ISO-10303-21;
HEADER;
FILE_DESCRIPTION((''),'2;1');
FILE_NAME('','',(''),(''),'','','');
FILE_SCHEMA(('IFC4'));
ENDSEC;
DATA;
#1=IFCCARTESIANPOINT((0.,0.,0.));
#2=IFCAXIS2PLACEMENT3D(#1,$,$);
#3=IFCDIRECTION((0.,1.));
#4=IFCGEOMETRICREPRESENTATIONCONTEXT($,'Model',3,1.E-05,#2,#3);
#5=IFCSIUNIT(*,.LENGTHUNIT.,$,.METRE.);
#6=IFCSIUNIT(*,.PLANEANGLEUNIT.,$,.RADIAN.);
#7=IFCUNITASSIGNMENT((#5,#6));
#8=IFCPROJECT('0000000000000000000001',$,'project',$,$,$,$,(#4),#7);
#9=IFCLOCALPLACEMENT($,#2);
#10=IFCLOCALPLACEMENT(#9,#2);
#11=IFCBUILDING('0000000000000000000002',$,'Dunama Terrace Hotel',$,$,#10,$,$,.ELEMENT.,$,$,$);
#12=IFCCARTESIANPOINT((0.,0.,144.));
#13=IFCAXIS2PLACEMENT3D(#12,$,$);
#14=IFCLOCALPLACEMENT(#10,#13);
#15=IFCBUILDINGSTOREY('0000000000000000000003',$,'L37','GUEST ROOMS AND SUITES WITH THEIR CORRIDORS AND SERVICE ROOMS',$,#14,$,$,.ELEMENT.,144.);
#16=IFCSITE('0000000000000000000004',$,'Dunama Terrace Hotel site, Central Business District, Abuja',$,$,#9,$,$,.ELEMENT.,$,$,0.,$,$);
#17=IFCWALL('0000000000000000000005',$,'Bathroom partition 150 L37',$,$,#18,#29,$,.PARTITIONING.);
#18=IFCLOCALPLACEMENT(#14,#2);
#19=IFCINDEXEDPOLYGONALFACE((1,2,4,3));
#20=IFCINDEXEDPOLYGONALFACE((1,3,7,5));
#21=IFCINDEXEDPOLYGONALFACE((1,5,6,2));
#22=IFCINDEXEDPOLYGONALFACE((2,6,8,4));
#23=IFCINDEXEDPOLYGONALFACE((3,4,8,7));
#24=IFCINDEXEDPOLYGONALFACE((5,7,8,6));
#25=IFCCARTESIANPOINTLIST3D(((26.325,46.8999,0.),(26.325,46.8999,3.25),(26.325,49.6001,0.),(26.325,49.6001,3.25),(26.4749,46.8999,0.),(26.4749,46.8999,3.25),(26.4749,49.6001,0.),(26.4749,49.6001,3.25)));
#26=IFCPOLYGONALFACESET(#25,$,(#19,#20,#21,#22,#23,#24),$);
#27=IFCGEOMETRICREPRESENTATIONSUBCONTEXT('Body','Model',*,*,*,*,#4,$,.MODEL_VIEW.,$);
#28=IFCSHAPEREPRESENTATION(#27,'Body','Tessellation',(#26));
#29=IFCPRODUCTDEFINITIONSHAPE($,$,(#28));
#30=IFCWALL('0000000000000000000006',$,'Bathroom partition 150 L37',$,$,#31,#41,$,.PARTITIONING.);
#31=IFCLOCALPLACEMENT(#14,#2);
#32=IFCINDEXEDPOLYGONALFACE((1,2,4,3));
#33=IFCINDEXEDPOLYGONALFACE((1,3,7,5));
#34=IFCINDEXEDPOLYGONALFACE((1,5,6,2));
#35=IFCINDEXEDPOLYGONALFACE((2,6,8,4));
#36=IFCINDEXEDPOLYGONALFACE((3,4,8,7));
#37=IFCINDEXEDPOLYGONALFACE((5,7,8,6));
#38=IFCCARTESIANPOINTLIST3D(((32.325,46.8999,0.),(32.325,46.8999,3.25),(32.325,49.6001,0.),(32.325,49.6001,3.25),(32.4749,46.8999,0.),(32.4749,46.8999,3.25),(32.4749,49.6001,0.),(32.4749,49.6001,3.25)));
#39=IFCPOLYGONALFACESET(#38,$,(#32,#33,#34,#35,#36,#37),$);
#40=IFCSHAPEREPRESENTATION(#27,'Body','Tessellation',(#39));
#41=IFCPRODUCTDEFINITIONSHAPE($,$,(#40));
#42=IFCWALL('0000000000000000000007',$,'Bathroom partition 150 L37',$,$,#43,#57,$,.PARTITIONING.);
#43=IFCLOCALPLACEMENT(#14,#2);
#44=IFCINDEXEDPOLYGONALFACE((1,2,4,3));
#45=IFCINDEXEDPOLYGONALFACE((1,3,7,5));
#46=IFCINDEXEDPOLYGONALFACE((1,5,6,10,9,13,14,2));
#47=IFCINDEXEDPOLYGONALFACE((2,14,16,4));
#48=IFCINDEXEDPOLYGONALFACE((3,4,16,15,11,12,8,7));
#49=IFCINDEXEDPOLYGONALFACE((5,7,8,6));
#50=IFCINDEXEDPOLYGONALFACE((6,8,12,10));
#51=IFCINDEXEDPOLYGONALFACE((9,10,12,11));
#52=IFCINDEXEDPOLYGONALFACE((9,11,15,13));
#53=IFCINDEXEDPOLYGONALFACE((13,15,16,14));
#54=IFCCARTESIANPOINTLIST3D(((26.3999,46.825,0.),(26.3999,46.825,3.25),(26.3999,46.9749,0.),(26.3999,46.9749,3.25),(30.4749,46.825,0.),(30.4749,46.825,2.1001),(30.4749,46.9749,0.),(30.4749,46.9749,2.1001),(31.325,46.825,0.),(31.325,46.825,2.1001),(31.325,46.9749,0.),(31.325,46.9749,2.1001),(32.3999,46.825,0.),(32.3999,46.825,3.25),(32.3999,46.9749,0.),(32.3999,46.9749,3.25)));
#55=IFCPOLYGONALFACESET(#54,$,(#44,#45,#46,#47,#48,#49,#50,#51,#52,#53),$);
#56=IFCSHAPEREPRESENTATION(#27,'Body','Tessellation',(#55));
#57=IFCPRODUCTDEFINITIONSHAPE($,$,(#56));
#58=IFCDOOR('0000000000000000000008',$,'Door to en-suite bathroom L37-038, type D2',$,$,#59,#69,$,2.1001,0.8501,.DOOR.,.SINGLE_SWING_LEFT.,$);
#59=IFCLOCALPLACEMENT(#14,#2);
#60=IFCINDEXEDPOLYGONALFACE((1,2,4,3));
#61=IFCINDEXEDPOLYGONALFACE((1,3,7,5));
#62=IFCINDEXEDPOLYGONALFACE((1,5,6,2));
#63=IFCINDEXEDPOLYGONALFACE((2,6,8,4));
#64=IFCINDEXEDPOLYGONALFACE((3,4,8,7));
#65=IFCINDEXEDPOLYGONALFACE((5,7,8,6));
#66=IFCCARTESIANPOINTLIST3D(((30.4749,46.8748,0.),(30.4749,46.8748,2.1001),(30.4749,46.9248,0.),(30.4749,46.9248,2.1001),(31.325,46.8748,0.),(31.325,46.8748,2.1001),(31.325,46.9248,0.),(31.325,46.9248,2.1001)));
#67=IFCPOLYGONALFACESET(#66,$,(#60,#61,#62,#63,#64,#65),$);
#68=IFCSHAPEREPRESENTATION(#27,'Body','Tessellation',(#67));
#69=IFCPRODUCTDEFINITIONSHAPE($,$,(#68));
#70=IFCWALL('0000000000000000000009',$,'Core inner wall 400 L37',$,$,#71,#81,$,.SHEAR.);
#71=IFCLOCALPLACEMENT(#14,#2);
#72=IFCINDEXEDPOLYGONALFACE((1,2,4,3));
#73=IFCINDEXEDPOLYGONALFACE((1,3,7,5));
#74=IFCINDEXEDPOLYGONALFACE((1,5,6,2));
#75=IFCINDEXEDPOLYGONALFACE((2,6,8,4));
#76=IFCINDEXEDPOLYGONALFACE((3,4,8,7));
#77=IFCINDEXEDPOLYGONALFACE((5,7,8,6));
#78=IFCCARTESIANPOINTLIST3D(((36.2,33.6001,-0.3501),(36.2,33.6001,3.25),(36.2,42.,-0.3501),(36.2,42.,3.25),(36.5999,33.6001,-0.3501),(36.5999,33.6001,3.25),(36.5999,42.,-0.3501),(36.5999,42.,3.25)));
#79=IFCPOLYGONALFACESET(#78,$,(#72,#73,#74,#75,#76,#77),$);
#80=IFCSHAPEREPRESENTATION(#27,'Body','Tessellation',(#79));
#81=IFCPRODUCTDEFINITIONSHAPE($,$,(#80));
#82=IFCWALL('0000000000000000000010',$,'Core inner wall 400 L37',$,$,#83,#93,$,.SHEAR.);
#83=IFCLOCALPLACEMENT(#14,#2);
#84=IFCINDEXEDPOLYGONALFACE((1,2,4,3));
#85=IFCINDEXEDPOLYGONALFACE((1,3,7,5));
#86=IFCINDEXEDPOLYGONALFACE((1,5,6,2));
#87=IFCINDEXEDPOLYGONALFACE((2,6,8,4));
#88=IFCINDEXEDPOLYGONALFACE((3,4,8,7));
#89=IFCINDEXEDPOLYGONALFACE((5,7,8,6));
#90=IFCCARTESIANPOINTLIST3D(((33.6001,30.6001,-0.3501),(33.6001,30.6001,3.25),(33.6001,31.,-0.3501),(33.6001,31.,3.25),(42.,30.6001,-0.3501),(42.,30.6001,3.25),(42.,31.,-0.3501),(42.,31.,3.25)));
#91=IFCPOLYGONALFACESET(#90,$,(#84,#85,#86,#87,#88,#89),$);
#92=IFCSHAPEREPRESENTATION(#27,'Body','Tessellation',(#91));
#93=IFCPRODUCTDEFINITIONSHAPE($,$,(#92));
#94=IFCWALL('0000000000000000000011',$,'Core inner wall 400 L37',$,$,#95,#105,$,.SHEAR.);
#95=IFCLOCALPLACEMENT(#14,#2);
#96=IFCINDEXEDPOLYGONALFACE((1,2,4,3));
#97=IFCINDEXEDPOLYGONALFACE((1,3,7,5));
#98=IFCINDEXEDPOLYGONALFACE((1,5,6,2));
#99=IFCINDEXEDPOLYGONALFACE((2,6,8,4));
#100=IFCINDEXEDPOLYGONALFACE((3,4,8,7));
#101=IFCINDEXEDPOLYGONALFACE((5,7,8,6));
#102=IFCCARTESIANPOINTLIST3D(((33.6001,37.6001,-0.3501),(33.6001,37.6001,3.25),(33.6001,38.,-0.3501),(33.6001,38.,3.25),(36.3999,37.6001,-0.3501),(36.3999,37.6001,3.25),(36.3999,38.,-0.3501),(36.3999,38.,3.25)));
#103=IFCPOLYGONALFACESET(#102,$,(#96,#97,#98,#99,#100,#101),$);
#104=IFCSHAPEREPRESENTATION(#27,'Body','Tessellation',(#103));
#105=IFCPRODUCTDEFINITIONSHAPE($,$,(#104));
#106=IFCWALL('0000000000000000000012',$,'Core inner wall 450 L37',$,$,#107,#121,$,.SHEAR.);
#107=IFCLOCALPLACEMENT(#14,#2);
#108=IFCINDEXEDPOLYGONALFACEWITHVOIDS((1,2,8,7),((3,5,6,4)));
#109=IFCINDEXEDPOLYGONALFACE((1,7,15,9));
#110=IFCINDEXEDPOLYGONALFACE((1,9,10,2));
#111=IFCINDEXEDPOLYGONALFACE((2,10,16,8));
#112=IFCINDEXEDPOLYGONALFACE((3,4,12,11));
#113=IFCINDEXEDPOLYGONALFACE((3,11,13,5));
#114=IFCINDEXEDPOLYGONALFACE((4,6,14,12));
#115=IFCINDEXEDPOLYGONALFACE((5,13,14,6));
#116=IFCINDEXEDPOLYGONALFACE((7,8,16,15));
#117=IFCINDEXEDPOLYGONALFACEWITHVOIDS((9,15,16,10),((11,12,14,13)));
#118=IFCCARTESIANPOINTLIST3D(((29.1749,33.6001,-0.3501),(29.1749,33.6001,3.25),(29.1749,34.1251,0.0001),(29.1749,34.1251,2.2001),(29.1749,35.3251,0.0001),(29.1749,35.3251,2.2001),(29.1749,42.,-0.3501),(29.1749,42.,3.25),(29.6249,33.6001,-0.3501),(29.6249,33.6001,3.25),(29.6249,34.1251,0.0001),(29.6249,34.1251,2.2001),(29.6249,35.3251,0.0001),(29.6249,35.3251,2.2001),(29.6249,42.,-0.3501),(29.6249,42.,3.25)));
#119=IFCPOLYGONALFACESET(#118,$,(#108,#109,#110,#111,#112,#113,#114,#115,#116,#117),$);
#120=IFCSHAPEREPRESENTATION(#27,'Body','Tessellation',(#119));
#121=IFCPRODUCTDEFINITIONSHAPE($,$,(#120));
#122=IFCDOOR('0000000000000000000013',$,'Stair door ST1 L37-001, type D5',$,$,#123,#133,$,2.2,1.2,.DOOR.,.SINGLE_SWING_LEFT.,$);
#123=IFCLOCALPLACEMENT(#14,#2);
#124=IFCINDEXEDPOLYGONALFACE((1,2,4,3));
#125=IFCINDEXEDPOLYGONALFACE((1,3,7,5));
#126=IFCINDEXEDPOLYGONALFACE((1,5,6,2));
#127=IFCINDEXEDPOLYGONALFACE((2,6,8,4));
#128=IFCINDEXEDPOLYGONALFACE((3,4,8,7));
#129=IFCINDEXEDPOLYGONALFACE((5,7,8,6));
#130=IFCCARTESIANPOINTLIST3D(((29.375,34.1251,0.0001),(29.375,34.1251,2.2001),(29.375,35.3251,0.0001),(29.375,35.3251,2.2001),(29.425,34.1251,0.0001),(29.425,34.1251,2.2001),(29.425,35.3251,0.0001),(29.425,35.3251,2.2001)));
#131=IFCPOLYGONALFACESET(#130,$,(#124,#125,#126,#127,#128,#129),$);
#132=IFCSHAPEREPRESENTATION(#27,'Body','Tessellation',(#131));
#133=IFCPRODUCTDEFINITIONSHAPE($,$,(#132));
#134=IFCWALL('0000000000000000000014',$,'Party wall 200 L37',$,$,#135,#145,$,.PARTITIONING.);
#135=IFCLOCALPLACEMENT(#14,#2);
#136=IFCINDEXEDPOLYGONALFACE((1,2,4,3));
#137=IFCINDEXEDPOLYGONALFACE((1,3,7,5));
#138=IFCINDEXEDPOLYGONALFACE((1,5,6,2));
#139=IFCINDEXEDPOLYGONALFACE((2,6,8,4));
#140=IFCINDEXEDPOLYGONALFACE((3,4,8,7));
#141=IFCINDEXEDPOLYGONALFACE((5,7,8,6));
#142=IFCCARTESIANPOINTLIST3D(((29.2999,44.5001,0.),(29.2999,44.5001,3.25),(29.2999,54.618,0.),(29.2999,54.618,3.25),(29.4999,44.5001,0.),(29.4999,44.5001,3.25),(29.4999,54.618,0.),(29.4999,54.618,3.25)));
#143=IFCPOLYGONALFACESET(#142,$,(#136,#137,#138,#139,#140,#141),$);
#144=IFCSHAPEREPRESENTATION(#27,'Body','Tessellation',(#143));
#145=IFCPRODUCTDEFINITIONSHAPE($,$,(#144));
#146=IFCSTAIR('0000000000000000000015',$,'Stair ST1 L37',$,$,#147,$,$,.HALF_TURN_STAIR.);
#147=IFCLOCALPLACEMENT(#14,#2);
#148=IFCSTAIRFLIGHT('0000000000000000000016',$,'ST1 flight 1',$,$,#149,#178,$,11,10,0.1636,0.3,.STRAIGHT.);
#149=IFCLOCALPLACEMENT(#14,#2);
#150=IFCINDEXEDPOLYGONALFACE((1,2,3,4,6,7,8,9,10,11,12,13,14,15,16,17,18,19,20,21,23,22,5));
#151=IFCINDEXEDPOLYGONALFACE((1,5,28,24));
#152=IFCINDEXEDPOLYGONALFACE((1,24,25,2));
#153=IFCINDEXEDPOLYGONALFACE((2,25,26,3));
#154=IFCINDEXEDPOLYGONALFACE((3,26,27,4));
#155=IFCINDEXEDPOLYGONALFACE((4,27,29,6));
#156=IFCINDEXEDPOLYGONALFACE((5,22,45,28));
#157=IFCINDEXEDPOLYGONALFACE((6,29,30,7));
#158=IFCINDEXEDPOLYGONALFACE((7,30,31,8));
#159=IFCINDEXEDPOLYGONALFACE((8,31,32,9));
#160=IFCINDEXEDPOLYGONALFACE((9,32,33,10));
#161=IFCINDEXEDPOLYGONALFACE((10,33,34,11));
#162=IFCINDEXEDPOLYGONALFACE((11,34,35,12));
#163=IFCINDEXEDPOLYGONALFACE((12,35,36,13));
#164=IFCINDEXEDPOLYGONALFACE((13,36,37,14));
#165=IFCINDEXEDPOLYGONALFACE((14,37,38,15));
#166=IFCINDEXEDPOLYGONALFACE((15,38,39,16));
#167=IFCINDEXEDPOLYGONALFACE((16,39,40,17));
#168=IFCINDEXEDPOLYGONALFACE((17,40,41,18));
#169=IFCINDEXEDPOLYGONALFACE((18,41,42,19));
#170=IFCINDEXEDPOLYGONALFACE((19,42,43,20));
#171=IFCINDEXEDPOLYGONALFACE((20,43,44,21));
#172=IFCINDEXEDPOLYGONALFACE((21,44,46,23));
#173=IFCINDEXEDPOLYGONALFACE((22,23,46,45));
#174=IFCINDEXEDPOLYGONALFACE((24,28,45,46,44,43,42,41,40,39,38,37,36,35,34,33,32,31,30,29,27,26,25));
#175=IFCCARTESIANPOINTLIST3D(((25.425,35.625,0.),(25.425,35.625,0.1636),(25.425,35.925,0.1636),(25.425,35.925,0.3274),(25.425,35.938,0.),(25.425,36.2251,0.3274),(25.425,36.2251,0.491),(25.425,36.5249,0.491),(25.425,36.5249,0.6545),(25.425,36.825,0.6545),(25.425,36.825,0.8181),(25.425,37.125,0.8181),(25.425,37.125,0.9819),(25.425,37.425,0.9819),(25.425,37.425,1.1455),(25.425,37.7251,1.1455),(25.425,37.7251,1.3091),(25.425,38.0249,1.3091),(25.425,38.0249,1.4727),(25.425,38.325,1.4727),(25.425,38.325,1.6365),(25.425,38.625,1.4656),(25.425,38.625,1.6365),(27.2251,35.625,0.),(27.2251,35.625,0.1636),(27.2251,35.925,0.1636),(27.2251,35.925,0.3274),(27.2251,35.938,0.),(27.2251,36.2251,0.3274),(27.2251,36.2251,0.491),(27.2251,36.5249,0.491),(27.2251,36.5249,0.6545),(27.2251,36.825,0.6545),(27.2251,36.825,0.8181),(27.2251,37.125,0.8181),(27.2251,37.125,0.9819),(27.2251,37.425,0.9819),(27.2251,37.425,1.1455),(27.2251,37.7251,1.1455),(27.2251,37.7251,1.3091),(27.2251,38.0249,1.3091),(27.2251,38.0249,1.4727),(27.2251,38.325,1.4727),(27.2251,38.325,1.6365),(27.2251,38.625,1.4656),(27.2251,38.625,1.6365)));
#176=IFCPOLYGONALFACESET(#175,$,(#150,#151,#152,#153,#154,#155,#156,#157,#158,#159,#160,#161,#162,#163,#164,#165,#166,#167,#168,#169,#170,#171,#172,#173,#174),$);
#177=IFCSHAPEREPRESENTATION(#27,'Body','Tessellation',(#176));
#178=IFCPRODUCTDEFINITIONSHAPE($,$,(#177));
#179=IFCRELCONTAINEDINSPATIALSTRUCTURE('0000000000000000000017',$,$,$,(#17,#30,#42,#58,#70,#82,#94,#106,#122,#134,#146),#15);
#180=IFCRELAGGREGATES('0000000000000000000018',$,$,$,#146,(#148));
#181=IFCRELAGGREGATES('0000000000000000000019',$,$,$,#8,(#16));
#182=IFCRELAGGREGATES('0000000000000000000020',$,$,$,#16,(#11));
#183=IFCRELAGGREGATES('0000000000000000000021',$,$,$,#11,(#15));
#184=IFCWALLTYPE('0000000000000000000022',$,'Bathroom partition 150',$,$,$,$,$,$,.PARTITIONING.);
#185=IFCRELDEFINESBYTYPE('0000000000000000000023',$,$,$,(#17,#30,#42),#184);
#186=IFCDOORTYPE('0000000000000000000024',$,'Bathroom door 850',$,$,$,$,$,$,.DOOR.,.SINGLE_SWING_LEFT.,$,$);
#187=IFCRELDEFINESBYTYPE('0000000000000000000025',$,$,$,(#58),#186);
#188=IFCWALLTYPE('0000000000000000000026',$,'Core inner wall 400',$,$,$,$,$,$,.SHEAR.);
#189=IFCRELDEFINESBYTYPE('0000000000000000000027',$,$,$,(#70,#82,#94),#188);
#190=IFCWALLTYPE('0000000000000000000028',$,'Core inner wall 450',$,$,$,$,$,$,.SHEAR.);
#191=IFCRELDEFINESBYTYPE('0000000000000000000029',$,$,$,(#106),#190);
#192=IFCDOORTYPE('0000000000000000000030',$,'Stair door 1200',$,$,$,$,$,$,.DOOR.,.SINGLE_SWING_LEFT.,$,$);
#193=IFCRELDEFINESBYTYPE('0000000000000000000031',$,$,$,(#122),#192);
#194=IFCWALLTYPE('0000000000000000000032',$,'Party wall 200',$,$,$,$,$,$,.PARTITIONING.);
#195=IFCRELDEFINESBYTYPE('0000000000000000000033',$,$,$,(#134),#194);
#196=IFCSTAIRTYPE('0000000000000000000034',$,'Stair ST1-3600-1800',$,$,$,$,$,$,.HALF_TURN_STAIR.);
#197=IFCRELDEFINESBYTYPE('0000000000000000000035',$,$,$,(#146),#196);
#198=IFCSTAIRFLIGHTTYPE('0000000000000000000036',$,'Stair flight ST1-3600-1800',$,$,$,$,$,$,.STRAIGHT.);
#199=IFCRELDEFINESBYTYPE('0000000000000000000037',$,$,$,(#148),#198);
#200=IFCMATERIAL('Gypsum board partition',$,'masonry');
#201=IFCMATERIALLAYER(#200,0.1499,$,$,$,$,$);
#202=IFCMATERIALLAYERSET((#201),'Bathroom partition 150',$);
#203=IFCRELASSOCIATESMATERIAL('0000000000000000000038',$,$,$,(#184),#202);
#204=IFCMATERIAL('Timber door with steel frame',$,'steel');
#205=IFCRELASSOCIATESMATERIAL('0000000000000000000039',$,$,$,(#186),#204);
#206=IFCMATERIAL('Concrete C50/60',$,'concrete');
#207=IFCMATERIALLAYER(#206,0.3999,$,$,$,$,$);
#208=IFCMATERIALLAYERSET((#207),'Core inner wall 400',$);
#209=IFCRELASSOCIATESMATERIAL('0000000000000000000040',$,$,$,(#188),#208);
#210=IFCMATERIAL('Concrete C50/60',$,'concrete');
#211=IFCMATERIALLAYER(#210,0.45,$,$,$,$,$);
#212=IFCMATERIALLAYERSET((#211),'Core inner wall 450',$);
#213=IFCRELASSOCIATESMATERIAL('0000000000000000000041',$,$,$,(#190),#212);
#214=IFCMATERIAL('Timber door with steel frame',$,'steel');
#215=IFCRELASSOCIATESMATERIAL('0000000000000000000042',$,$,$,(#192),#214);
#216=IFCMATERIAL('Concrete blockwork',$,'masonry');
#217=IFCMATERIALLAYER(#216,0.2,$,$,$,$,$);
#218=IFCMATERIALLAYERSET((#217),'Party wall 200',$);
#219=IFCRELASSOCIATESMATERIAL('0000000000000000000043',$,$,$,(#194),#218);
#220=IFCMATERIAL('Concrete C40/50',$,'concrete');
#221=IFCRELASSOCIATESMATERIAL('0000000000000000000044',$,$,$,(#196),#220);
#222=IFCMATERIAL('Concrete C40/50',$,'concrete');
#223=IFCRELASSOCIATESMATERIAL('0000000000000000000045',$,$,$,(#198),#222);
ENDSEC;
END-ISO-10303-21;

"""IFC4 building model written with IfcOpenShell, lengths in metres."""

from ifc_helpers import new_model, si_unit, direction, frame, frame_2d, origin, place, context, subcontext, project, spatial, polyline, rectangle, outline, extrude, material, layer, layer_set, type_object, element, fill, aggregate, save


model = new_model("IFC4")

# Units and contexts
model_context = context("Model", 3, precision=1e-05, world=origin(), true_north=direction((0.0, 1.0)))
body_context = subcontext(model_context, "Body", "Model", "MODEL_VIEW")
ifc_project = project(units=[si_unit("LENGTHUNIT", "METRE"), si_unit("PLANEANGLEUNIT", "RADIAN")], contexts=[model_context])

# Site, building, storey
site_placement = place(None, origin())
site = spatial("IfcSite", under=ifc_project, at=site_placement, Name="Dunama Terrace Hotel site, Central Business District, Abuja", CompositionType="ELEMENT", RefElevation=0.0)
building_placement = place(site_placement, origin())
building = spatial("IfcBuilding", under=site, at=building_placement, Name="Dunama Terrace Hotel", CompositionType="ELEMENT")
storey_placement = place(building_placement, frame((0.0, 0.0, 144.0)))
storey = spatial("IfcBuildingStorey", under=building, at=storey_placement, Name="L37", Description="GUEST ROOMS AND SUITES WITH THEIR CORRIDORS AND SERVICE ROOMS", CompositionType="ELEMENT", Elevation=144.0)

# Walls
ifc_material_1 = material(Name="Gypsum board partition", Category="masonry")
ifc_layer_1 = layer(ifc_material_1, 0.1499)
ifc_layer_set_1 = layer_set([ifc_layer_1], Name="Bathroom partition 150")
wall_type_1 = type_object("IfcWallType", Name="Bathroom partition 150", PredefinedType="PARTITIONING", material=ifc_layer_set_1)
for number, where, z_axis, x_axis, name in (
    (1, (26.3999, 46.8999, 0.0), (0.0, 0.0, 1.0), (0.0, 1.0, 0.0), "Bathroom partition 150 L37"),
    (2, (32.3999, 46.8999, 0.0), (0.0, 0.0, 1.0), (0.0, 1.0, 0.0), "Bathroom partition 150 L37"),
):
    element("IfcWall", number, at=place(storey_placement, frame(where, z_axis=z_axis, x_axis=x_axis)), inside=storey, type_object=wall_type_1, Name=name, PredefinedType="PARTITIONING", context=body_context, shape_type="SweptSolid", body=[
        extrude(rectangle(XDim=2.7002, YDim=0.1499, at=frame_2d((1.3501, 0.0))), origin(), (0.0, 0.0, 1.0), 3.25),
    ])

# Wall, opening, door
wall_1_placement = place(storey_placement, frame((26.3999, 46.8999, 0.0), z_axis=(0.0, 0.0, 1.0), x_axis=(1.0, 0.0, 0.0)))
wall_1 = element("IfcWall", 3, at=wall_1_placement, inside=storey, type_object=wall_type_1, Name="Bathroom partition 150 L37", PredefinedType="PARTITIONING", context=body_context, shape_type="SweptSolid", body=[
    extrude(rectangle(XDim=6.0, YDim=0.1499, at=frame_2d((3.0, 0.0))), origin(), (0.0, 0.0, 1.0), 3.25),
])
opening_1_placement = place(wall_1_placement, frame((4.075, 0.0, 0.0)))
opening_1 = element("IfcOpeningElement", 4, at=opening_1_placement, cuts=wall_1, PredefinedType="OPENING", context=body_context, shape_type="SweptSolid", body=[
    extrude(rectangle(XDim=0.8501, YDim=2.1001, at=frame_2d((0.425, 1.05))), frame((0.0, 0.085, 0.0), z_axis=(0.0, -1.0, 0.0), x_axis=(1.0, 0.0, 0.0)), (0.0, 0.0, 1.0), 0.1699),
])
ifc_material_2 = material(Name="Timber door with steel frame", Category="steel")
door_type_1 = type_object("IfcDoorType", Name="Bathroom door 850", OperationType="SINGLE_SWING_LEFT", PredefinedType="DOOR", material=ifc_material_2)
door_1_placement = place(opening_1_placement, origin())
door_1 = element("IfcDoor", 5, at=door_1_placement, inside=storey, type_object=door_type_1, Name="Door to en-suite bathroom L37-038, type D2", OperationType="SINGLE_SWING_LEFT", OverallHeight=2.1001, OverallWidth=0.8501, PredefinedType="DOOR", context=body_context, shape_type="SweptSolid", body=[
    extrude(rectangle(XDim=0.8501, YDim=2.1001, at=frame_2d((0.425, 1.05))), frame((0.0, 0.0249, 0.0), z_axis=(0.0, -1.0, 0.0), x_axis=(1.0, 0.0, 0.0)), (0.0, 0.0, 1.0), 0.05),
])
fill(opening_1, door_1)

# Walls
ifc_material_3 = material(Name="Concrete C50/60", Category="concrete")
ifc_layer_2 = layer(ifc_material_3, 0.3999)
ifc_layer_set_2 = layer_set([ifc_layer_2], Name="Core inner wall 400")
wall_type_2 = type_object("IfcWallType", Name="Core inner wall 400", PredefinedType="SHEAR", material=ifc_layer_set_2)
for number, where, z_axis, x_axis, name in (
    (6, (36.3999, 33.6001, -0.3501), (0.0, 0.0, 1.0), (0.0, 1.0, 0.0), "Core inner wall 400 L37"),
    (7, (33.6001, 30.8, -0.3501), (0.0, 0.0, 1.0), (1.0, 0.0, 0.0), "Core inner wall 400 L37"),
):
    element("IfcWall", number, at=place(storey_placement, frame(where, z_axis=z_axis, x_axis=x_axis)), inside=storey, type_object=wall_type_2, Name=name, PredefinedType="SHEAR", context=body_context, shape_type="SweptSolid", body=[
        extrude(rectangle(XDim=8.3999, YDim=0.3999, at=frame_2d((4.2, 0.0))), origin(), (0.0, 0.0, 1.0), 3.6001),
    ])
wall_2_placement = place(storey_placement, frame((33.6001, 37.8, -0.3501), z_axis=(0.0, 0.0, 1.0), x_axis=(1.0, 0.0, 0.0)))
element("IfcWall", 8, at=wall_2_placement, inside=storey, type_object=wall_type_2, Name="Core inner wall 400 L37", PredefinedType="SHEAR", context=body_context, shape_type="SweptSolid", body=[
    extrude(rectangle(XDim=2.7998, YDim=0.3999, at=frame_2d((1.3999, 0.0))), origin(), (0.0, 0.0, 1.0), 3.6001),
])

# Wall, opening, door
ifc_material_4 = material(Name="Concrete C50/60", Category="concrete")
ifc_layer_3 = layer(ifc_material_4, 0.45)
ifc_layer_set_3 = layer_set([ifc_layer_3], Name="Core inner wall 450")
wall_type_3 = type_object("IfcWallType", Name="Core inner wall 450", PredefinedType="SHEAR", material=ifc_layer_set_3)
wall_3_placement = place(storey_placement, frame((29.3999, 33.6001, -0.3501), z_axis=(0.0, 0.0, 1.0), x_axis=(0.0, 1.0, 0.0)))
wall_3 = element("IfcWall", 9, at=wall_3_placement, inside=storey, type_object=wall_type_3, Name="Core inner wall 450 L37", PredefinedType="SHEAR", context=body_context, shape_type="SweptSolid", body=[
    extrude(rectangle(XDim=8.3999, YDim=0.45, at=frame_2d((4.2, 0.0))), origin(), (0.0, 0.0, 1.0), 3.6001),
])
opening_2_placement = place(wall_3_placement, frame((0.5249, 0.0, 0.3501)))
opening_2 = element("IfcOpeningElement", 10, at=opening_2_placement, cuts=wall_3, PredefinedType="OPENING", context=body_context, shape_type="SweptSolid", body=[
    extrude(rectangle(XDim=1.2, YDim=2.2, at=frame_2d((0.6001, 1.1001))), frame((0.0, 0.2349, 0.0), z_axis=(0.0, -1.0, 0.0), x_axis=(1.0, 0.0, 0.0)), (0.0, 0.0, 1.0), 0.47),
])
ifc_material_5 = material(Name="Timber door with steel frame", Category="steel")
door_type_2 = type_object("IfcDoorType", Name="Stair door 1200", OperationType="SINGLE_SWING_LEFT", PredefinedType="DOOR", material=ifc_material_5)
door_2_placement = place(opening_2_placement, origin())
door_2 = element("IfcDoor", 11, at=door_2_placement, inside=storey, type_object=door_type_2, Name="Stair door ST1 L37-001, type D5", OperationType="SINGLE_SWING_LEFT", OverallHeight=2.2, OverallWidth=1.2, PredefinedType="DOOR", context=body_context, shape_type="SweptSolid", body=[
    extrude(rectangle(XDim=1.2, YDim=2.2, at=frame_2d((0.6001, 1.1001))), frame((0.0, 0.0249, 0.0), z_axis=(0.0, -1.0, 0.0), x_axis=(1.0, 0.0, 0.0)), (0.0, 0.0, 1.0), 0.05),
])
fill(opening_2, door_2)

# Wall
ifc_material_6 = material(Name="Concrete blockwork", Category="masonry")
ifc_layer_4 = layer(ifc_material_6, 0.2)
ifc_layer_set_4 = layer_set([ifc_layer_4], Name="Party wall 200")
wall_type_4 = type_object("IfcWallType", Name="Party wall 200", PredefinedType="PARTITIONING", material=ifc_layer_set_4)
wall_4_placement = place(storey_placement, frame((29.3999, 44.5, 0.0), z_axis=(0.0, 0.0, 1.0), x_axis=(0.0, 1.0, 0.0)))
element("IfcWall", 12, at=wall_4_placement, inside=storey, type_object=wall_type_4, Name="Party wall 200 L37", PredefinedType="PARTITIONING", context=body_context, shape_type="SweptSolid", body=[
    extrude(rectangle(XDim=10.1179, YDim=0.2, at=frame_2d((5.0591, 0.0))), origin(), (0.0, 0.0, 1.0), 3.25),
])

# Stair, stair flight
ifc_material_7 = material(Name="Concrete C40/50", Category="concrete")
stair_type = type_object("IfcStairType", Name="Stair ST1-3600-1800", PredefinedType="HALF_TURN_STAIR", material=ifc_material_7)
stair_placement = place(storey_placement, origin())
stair = element("IfcStair", 13, at=stair_placement, inside=storey, type_object=stair_type, Name="Stair ST1 L37", PredefinedType="HALF_TURN_STAIR")
ifc_material_8 = material(Name="Concrete C40/50", Category="concrete")
stair_flight_type = type_object("IfcStairFlightType", Name="Stair flight ST1-3600-1800", PredefinedType="STRAIGHT", material=ifc_material_8)
stair_flight_1_placement = place(storey_placement, frame((26.325, 35.625, 0.0), z_axis=(0.0, 0.0, 1.0), x_axis=(0.0, 1.0, 0.0)))
stair_flight_1 = element("IfcStairFlight", 14, at=stair_flight_1_placement, type_object=stair_flight_type, Name="ST1 flight 1", NumberOfRisers=11, NumberOfTreads=10, PredefinedType="STRAIGHT", RiserHeight=0.1636, TreadLength=0.3, context=body_context, shape_type="SweptSolid", body=[
    extrude(outline(polyline([(0.0, 0.0), (0.0, 0.1636), (0.3, 0.1636), (0.3, 0.3274), (0.6001, 0.3274), (0.6001, 0.491), (0.8999, 0.491), (0.8999, 0.6545), (1.2, 0.6545), (1.2, 0.8181), (1.5, 0.8181), (1.5, 0.9819), (1.8, 0.9819), (1.8, 1.1455), (2.1001, 1.1455), (2.1001, 1.3091), (2.3999, 1.3091), (2.3999, 1.4727), (2.7, 1.4727), (2.7, 1.6365), (3.0, 1.6365), (3.0, 1.8), (3.0, 1.4656), (0.313, 0.0), (0.0, 0.0)])), frame((0.0, 0.8999, 0.0), z_axis=(0.0, -1.0, 0.0), x_axis=(1.0, 0.0, 0.0)), (0.0, 0.0, 1.0), 1.8),
])
aggregate(stair, [stair_flight_1])

save(model, "model.ifc")
